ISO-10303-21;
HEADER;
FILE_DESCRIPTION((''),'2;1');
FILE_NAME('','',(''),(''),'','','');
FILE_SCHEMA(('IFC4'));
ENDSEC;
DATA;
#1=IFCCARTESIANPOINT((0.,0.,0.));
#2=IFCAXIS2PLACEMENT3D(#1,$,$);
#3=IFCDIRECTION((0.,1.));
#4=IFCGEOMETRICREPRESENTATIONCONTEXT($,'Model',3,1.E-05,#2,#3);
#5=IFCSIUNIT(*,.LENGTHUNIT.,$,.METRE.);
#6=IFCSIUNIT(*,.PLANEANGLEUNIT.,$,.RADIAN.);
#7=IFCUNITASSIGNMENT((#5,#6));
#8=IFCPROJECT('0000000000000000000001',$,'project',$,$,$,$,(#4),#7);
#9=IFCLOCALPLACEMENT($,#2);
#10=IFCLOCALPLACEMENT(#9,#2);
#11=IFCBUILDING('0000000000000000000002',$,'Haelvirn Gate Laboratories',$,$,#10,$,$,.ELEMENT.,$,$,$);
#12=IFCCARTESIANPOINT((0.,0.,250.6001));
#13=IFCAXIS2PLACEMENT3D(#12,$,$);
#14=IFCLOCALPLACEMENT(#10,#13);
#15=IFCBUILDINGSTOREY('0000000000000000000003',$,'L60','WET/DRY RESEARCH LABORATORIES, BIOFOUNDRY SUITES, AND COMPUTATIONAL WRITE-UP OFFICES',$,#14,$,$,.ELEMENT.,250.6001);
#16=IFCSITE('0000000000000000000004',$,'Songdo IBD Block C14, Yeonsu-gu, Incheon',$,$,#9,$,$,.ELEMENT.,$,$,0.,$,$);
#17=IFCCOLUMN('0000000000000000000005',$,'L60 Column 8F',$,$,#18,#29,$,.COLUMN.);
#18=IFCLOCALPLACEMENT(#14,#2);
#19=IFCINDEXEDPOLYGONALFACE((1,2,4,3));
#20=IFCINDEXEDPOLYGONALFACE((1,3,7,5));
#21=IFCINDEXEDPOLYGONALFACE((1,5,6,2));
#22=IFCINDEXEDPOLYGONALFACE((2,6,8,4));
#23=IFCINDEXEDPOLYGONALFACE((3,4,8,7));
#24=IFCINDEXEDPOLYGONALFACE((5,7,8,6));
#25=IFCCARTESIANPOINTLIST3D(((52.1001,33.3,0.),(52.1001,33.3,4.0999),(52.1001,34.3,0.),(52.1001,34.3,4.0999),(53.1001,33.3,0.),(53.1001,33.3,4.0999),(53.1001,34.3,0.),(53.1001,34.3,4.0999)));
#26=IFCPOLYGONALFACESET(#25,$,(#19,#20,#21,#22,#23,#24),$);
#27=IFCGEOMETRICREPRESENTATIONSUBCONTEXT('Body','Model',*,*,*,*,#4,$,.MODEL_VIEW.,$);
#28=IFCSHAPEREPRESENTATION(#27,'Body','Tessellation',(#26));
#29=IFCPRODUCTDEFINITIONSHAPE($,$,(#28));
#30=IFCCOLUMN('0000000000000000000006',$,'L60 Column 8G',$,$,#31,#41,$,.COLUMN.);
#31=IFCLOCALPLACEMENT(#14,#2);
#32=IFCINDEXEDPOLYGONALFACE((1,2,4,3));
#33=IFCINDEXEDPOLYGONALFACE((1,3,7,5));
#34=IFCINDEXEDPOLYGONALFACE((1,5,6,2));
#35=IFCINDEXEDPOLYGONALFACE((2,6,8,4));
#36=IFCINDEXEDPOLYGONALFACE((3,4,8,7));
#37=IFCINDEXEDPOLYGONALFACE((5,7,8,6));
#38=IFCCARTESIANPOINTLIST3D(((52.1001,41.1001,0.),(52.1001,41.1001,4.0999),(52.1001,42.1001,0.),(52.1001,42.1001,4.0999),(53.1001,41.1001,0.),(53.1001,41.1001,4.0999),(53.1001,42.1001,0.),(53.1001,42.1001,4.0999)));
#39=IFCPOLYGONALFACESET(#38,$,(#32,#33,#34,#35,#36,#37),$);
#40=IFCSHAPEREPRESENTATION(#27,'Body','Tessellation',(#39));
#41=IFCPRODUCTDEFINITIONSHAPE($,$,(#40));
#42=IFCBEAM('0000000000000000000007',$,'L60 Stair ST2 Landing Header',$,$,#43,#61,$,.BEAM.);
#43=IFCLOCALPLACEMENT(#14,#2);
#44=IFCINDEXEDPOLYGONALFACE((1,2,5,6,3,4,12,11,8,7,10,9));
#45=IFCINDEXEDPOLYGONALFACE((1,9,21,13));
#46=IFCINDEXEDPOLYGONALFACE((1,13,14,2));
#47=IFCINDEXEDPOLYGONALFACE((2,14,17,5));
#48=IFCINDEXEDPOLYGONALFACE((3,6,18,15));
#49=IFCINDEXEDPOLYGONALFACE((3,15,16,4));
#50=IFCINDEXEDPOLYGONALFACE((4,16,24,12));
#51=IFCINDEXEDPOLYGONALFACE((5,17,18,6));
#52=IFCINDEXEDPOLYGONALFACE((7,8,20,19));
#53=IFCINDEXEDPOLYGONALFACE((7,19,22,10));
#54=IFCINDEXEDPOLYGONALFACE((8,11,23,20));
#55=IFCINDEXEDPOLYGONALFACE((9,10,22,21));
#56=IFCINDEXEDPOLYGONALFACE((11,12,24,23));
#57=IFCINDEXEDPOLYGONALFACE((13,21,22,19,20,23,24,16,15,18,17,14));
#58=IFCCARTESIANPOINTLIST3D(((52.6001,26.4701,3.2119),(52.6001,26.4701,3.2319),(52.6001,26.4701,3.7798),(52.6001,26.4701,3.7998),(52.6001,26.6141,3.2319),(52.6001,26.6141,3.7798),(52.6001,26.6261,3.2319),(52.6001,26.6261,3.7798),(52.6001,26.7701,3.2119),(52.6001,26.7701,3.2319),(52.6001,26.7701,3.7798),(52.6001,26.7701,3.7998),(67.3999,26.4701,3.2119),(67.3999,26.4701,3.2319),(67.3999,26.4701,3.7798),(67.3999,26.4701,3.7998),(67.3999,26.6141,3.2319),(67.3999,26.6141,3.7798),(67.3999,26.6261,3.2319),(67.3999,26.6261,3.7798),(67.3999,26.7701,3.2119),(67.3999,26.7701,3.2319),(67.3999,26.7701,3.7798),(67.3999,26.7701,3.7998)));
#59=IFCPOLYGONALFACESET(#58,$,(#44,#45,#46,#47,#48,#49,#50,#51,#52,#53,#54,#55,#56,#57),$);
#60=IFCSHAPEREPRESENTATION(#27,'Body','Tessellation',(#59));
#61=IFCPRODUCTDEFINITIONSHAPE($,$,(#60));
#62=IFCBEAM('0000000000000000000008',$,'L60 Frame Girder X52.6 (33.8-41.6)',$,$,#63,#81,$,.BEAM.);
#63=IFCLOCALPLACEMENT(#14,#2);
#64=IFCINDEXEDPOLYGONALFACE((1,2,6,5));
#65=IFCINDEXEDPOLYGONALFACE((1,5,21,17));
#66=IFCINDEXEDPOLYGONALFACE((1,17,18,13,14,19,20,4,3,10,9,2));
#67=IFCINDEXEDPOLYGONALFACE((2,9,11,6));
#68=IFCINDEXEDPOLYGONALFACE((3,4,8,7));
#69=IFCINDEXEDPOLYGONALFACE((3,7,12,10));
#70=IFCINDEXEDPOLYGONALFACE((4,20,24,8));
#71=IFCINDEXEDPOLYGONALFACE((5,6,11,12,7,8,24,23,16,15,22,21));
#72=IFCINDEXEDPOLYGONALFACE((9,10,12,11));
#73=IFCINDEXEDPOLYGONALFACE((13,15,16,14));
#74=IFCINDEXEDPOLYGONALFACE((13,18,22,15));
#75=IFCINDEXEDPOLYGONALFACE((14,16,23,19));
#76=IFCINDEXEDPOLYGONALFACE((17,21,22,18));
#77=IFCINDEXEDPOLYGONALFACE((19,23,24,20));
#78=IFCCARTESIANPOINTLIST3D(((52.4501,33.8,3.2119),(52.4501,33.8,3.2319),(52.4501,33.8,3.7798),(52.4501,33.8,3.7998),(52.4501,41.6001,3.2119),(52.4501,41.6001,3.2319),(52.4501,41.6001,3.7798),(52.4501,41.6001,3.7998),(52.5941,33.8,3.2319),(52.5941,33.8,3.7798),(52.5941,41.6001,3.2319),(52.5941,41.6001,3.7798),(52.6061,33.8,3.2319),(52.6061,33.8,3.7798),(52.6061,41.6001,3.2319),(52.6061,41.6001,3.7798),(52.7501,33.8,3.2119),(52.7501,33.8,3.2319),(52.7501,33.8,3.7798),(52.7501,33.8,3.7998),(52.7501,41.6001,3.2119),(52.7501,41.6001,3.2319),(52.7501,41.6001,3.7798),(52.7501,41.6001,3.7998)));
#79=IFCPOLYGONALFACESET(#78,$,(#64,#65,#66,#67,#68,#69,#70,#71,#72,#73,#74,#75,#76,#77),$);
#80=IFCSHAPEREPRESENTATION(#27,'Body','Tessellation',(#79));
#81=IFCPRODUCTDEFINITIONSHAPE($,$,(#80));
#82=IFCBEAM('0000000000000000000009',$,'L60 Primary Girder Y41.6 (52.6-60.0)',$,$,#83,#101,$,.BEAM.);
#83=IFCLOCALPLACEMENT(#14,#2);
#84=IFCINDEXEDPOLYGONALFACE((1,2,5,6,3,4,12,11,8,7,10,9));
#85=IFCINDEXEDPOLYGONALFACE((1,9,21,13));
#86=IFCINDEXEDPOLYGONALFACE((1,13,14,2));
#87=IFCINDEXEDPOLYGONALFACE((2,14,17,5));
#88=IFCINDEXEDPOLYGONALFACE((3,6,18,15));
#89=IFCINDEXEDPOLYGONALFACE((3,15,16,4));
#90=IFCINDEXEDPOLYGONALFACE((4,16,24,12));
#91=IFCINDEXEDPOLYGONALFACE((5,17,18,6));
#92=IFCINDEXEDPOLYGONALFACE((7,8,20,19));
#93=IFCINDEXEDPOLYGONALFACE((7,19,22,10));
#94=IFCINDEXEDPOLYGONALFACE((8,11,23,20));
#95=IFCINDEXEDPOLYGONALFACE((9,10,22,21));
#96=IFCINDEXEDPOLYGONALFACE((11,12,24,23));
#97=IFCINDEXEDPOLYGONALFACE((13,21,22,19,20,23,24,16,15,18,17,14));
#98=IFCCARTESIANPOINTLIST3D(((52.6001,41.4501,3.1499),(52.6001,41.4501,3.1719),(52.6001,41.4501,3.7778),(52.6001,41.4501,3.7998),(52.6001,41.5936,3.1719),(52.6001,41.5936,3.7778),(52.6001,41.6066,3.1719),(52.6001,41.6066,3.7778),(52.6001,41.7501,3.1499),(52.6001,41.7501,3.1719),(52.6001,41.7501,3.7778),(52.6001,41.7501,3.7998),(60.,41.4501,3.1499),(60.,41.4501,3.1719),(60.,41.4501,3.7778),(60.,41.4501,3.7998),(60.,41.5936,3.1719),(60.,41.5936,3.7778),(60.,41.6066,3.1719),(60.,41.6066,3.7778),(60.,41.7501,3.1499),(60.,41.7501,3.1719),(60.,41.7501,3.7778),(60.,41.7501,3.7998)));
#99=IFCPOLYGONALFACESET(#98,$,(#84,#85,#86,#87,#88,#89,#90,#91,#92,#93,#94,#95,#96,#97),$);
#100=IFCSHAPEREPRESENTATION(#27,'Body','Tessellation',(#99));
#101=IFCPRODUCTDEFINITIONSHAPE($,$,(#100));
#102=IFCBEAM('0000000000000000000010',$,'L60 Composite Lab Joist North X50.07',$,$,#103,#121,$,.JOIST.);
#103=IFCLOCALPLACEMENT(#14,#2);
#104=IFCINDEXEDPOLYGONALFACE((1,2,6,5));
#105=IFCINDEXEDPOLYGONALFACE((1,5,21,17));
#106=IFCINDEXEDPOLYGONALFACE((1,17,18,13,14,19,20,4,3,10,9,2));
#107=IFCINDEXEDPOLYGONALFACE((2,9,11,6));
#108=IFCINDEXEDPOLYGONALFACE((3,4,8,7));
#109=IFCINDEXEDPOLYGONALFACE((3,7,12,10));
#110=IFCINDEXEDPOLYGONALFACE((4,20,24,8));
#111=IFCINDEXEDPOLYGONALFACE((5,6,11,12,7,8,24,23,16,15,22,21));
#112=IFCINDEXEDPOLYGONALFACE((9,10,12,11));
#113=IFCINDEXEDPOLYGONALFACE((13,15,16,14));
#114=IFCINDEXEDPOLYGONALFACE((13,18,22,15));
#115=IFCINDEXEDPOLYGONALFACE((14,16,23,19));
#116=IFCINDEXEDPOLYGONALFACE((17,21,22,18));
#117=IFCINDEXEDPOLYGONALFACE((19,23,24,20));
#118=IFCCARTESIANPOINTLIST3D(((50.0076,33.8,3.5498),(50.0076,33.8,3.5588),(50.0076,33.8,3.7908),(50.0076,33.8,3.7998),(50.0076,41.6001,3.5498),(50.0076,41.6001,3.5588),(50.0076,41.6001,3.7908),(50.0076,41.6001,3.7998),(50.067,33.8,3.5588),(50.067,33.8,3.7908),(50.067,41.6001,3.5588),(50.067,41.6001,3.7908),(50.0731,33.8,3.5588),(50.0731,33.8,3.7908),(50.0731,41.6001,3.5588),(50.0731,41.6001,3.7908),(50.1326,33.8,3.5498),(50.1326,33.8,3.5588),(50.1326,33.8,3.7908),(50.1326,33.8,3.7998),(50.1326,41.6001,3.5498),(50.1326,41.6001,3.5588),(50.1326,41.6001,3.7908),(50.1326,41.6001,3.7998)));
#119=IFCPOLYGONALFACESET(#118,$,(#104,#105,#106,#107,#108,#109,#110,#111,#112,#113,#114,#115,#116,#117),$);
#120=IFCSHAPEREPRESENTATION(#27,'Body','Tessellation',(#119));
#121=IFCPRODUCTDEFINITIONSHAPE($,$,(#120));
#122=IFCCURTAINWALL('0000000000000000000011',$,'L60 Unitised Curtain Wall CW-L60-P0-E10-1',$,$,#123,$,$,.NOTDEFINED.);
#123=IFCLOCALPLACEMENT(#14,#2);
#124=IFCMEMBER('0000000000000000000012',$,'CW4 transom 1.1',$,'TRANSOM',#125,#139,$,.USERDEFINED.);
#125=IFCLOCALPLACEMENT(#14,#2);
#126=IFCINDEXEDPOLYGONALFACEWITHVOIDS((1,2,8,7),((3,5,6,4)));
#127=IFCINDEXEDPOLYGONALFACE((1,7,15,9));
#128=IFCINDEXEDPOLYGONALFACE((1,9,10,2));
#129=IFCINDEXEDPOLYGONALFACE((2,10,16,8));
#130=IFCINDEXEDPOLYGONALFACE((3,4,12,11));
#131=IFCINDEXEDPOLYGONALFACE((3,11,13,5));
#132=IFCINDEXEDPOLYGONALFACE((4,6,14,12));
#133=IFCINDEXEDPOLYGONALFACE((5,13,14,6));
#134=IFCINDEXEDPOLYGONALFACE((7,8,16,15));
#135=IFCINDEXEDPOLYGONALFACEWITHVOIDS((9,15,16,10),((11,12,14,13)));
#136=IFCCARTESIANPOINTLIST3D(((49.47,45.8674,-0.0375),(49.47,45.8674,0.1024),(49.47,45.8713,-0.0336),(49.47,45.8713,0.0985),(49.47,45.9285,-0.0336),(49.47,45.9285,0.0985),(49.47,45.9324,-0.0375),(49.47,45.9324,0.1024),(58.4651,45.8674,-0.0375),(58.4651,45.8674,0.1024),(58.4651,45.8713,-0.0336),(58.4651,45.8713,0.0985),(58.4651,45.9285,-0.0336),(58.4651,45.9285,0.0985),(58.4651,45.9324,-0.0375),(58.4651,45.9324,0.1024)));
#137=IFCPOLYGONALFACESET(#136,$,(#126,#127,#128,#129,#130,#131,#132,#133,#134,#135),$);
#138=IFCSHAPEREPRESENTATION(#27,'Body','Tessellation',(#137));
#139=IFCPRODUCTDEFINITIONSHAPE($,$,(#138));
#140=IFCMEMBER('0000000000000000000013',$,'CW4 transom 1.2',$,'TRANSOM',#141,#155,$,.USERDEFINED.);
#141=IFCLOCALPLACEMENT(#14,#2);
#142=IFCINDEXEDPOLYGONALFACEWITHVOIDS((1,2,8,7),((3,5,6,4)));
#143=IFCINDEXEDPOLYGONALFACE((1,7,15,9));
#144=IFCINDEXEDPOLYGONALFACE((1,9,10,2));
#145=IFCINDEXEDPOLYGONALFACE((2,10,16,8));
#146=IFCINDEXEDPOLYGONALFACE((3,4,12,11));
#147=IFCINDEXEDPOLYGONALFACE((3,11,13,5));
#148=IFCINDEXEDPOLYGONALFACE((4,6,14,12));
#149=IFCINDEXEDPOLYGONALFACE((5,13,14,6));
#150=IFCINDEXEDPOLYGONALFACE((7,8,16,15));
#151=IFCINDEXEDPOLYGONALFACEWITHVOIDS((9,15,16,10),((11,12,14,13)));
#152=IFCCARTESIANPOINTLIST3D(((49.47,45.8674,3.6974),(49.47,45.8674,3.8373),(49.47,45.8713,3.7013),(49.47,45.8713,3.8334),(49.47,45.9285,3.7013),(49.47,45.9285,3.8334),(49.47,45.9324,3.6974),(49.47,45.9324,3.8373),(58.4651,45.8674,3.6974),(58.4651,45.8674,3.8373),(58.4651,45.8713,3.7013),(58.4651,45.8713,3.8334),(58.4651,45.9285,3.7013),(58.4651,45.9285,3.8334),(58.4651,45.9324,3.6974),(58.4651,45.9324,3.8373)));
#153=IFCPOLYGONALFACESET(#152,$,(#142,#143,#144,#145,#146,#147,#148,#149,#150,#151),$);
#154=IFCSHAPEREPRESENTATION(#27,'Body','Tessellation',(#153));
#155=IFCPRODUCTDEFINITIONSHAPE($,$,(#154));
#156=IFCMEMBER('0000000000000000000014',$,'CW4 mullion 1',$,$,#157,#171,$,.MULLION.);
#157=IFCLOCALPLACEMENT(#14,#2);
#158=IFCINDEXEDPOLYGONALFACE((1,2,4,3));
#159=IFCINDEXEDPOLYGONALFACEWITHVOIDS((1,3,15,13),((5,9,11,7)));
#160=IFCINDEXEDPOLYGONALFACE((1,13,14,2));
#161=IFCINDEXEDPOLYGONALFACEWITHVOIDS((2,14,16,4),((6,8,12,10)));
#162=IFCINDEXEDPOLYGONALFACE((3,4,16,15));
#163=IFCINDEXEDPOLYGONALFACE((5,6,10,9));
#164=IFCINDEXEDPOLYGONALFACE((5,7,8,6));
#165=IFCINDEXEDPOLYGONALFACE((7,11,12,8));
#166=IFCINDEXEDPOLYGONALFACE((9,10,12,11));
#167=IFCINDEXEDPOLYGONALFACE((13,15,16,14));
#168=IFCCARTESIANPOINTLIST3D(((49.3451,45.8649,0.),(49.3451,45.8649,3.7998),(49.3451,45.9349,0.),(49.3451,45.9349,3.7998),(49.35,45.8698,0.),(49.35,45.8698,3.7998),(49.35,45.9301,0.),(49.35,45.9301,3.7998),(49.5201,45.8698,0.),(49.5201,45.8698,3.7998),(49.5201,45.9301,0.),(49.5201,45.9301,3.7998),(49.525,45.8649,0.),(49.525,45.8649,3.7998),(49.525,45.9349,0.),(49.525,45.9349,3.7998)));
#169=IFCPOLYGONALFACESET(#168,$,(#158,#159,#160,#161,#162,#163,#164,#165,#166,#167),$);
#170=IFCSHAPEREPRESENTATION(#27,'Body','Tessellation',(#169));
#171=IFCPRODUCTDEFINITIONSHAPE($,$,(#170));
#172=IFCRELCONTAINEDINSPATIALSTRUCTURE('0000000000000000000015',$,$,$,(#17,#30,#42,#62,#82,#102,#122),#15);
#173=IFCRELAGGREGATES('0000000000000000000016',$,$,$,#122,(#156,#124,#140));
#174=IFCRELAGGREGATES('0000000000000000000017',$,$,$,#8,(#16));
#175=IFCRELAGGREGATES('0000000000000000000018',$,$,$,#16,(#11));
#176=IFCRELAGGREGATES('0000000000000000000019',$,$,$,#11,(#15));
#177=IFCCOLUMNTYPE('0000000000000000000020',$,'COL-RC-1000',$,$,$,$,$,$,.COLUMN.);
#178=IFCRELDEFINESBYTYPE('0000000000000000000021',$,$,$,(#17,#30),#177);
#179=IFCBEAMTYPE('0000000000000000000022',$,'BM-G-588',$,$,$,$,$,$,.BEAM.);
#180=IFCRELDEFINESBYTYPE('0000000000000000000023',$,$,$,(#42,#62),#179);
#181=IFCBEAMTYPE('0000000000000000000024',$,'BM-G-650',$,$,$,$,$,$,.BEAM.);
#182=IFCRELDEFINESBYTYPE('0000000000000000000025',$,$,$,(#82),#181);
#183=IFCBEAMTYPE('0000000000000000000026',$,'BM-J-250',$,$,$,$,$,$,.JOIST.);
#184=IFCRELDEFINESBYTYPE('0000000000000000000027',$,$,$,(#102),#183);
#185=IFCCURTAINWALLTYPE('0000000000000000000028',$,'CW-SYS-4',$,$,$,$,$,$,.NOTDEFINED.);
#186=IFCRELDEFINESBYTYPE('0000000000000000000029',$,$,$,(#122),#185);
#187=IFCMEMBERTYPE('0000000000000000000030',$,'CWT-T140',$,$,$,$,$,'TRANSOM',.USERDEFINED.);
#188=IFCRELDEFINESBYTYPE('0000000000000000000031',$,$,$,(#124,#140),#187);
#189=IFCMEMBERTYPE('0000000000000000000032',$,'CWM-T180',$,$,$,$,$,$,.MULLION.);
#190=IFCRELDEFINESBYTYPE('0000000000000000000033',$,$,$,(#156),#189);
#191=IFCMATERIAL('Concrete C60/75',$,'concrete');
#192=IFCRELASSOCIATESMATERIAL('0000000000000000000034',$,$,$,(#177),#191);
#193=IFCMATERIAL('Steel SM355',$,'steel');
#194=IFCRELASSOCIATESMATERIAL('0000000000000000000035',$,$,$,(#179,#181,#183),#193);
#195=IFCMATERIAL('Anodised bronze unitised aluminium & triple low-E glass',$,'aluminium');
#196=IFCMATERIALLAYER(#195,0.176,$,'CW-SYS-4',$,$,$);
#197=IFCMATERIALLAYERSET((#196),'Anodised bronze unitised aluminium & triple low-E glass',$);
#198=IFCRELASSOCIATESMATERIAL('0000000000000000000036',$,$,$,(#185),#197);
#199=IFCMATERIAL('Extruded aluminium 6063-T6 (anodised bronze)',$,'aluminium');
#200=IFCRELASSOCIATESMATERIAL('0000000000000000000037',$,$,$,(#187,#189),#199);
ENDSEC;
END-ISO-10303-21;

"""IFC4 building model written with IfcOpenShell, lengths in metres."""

from ifc_helpers import new_model, si_unit, direction, frame, origin, origin_2d, place, context, subcontext, project, spatial, rectangle, hollow_rectangle, i_section, extrude, source, transform, mapped, material, layer, layer_set, material_profile, profile_set, type_object, type_shapes, element, aggregate, save


model = new_model("IFC4")

# Units and contexts
model_context = context("Model", 3, precision=1e-05, world=origin(), true_north=direction((0.0, 1.0)))
body_context = subcontext(model_context, "Body", "Model", "MODEL_VIEW")
ifc_project = project(units=[si_unit("LENGTHUNIT", "METRE"), si_unit("PLANEANGLEUNIT", "RADIAN")], contexts=[model_context])

# Site, building, storey
site_placement = place(None, origin())
site = spatial("IfcSite", under=ifc_project, at=site_placement, Name="Songdo IBD Block C14, Yeonsu-gu, Incheon", CompositionType="ELEMENT", RefElevation=0.0)
building_placement = place(site_placement, origin())
building = spatial("IfcBuilding", under=site, at=building_placement, Name="Haelvirn Gate Laboratories", CompositionType="ELEMENT")
storey_placement = place(building_placement, frame((0.0, 0.0, 250.6001)))
storey = spatial("IfcBuildingStorey", under=building, at=storey_placement, Name="L60", Description="WET/DRY RESEARCH LABORATORIES, BIOFOUNDRY SUITES, AND COMPUTATIONAL WRITE-UP OFFICES", CompositionType="ELEMENT", Elevation=250.6001)

# Columns
ifc_material_1 = material(Name="Concrete C60/75", Category="concrete")
ifc_material_profile_1 = material_profile(ifc_material_1, rectangle(XDim=1.0, YDim=1.0, at=origin_2d()), Name="RC-1000x1000")
ifc_profile_set_1 = profile_set([ifc_material_profile_1], Name="Concrete C60/75")
column_type = type_object("IfcColumnType", Name="COL-RC-1000", PredefinedType="COLUMN", material=ifc_profile_set_1)
shared_shape_1 = source(origin(), body_context, "Body", "SweptSolid", [
    extrude(rectangle(XDim=1.0, YDim=1.0, at=origin_2d()), origin(), (0.0, 0.0, 1.0), 4.0999),
])
type_shapes(column_type, [shared_shape_1])
for number, where, z_axis, x_axis, name in (
    (1, (52.6001, 33.8, 0.0), (0.0, 0.0, 1.0), (1.0, 0.0, 0.0), "L60 Column 8F"),
    (2, (52.6001, 41.6001, 0.0), (0.0, 0.0, 1.0), (1.0, 0.0, 0.0), "L60 Column 8G"),
):
    element("IfcColumn", number, at=place(storey_placement, frame(where, z_axis=z_axis, x_axis=x_axis)), inside=storey, type_object=column_type, Name=name, PredefinedType="COLUMN", context=body_context, shape_type="MappedRepresentation", body=[
        mapped(shared_shape_1, transform((0.0, 0.0, 0.0), scale=1.0)),
    ])

# Beams
ifc_material_2 = material(Name="Steel SM355", Category="steel")
ifc_material_profile_2 = material_profile(ifc_material_2, i_section(OverallWidth=0.3, OverallDepth=0.5879, WebThickness=0.012, FlangeThickness=0.02, at=origin_2d()), Name="H-588x300x12x20")
ifc_profile_set_2 = profile_set([ifc_material_profile_2], Name="Steel SM355")
beam_type_1 = type_object("IfcBeamType", Name="BM-G-588", PredefinedType="BEAM", material=ifc_profile_set_2)
shared_shape_2 = source(origin(), body_context, "Body", "SweptSolid", [
    extrude(i_section(OverallWidth=0.3, OverallDepth=0.5879, WebThickness=0.012, FlangeThickness=0.02, at=origin_2d()), origin(), (0.0, 0.0, 1.0), 14.7998),
])
beam_1_placement = place(storey_placement, frame((52.6001, 26.6201, 3.5059), z_axis=(1.0, 0.0, 0.0), x_axis=(0.0, 1.0, 0.0)))
element("IfcBeam", 3, at=beam_1_placement, inside=storey, type_object=beam_type_1, Name="L60 Stair ST2 Landing Header", PredefinedType="BEAM", context=body_context, shape_type="MappedRepresentation", body=[
    mapped(shared_shape_2, transform((0.0, 0.0, 0.0), scale=1.0)),
])
shared_shape_3 = source(origin(), body_context, "Body", "SweptSolid", [
    extrude(i_section(OverallWidth=0.3, OverallDepth=0.5879, WebThickness=0.012, FlangeThickness=0.02, at=origin_2d()), origin(), (0.0, 0.0, 1.0), 7.8),
])
type_shapes(beam_type_1, [shared_shape_2, shared_shape_3])
beam_2_placement = place(storey_placement, frame((52.6001, 33.8, 3.5059), z_axis=(0.0, 1.0, 0.0), x_axis=(-1.0, 0.0, 0.0)))
element("IfcBeam", 4, at=beam_2_placement, inside=storey, type_object=beam_type_1, Name="L60 Frame Girder X52.6 (33.8-41.6)", PredefinedType="BEAM", context=body_context, shape_type="MappedRepresentation", body=[
    mapped(shared_shape_3, transform((0.0, 0.0, 0.0), scale=1.0)),
])
ifc_material_profile_3 = material_profile(ifc_material_2, i_section(OverallWidth=0.3, OverallDepth=0.6499, WebThickness=0.0129, FlangeThickness=0.022, at=origin_2d()), Name="H-650x300x13x22")
ifc_profile_set_3 = profile_set([ifc_material_profile_3], Name="Steel SM355")
beam_type_2 = type_object("IfcBeamType", Name="BM-G-650", PredefinedType="BEAM", material=ifc_profile_set_3)
shared_shape_4 = source(origin(), body_context, "Body", "SweptSolid", [
    extrude(i_section(OverallWidth=0.3, OverallDepth=0.6499, WebThickness=0.0129, FlangeThickness=0.022, at=origin_2d()), origin(), (0.0, 0.0, 1.0), 7.3999),
])
type_shapes(beam_type_2, [shared_shape_4])
beam_3_placement = place(storey_placement, frame((52.6001, 41.6001, 3.4749), z_axis=(1.0, 0.0, 0.0), x_axis=(0.0, 1.0, 0.0)))
element("IfcBeam", 5, at=beam_3_placement, inside=storey, type_object=beam_type_2, Name="L60 Primary Girder Y41.6 (52.6-60.0)", PredefinedType="BEAM", context=body_context, shape_type="MappedRepresentation", body=[
    mapped(shared_shape_4, transform((0.0, 0.0, 0.0), scale=1.0)),
])
ifc_material_profile_4 = material_profile(ifc_material_2, i_section(OverallWidth=0.125, OverallDepth=0.25, WebThickness=0.0061, FlangeThickness=0.009, at=origin_2d()), Name="H-250x125x6x9")
ifc_profile_set_4 = profile_set([ifc_material_profile_4], Name="Steel SM355")
beam_type_3 = type_object("IfcBeamType", Name="BM-J-250", PredefinedType="JOIST", material=ifc_profile_set_4)
shared_shape_5 = source(origin(), body_context, "Body", "SweptSolid", [
    extrude(i_section(OverallWidth=0.125, OverallDepth=0.25, WebThickness=0.0061, FlangeThickness=0.009, at=origin_2d()), origin(), (0.0, 0.0, 1.0), 7.8),
])
type_shapes(beam_type_3, [shared_shape_5])
beam_4_placement = place(storey_placement, frame((50.0701, 33.8, 3.6748), z_axis=(0.0, 1.0, 0.0), x_axis=(-1.0, 0.0, 0.0)))
element("IfcBeam", 6, at=beam_4_placement, inside=storey, type_object=beam_type_3, Name="L60 Composite Lab Joist North X50.07", PredefinedType="JOIST", context=body_context, shape_type="MappedRepresentation", body=[
    mapped(shared_shape_5, transform((0.0, 0.0, 0.0), scale=1.0)),
])

# Curtain wall, members
ifc_material_3 = material(Name="Anodised bronze unitised aluminium & triple low-E glass", Category="aluminium")
ifc_layer_1 = layer(ifc_material_3, 0.176, Name="CW-SYS-4")
ifc_layer_set_1 = layer_set([ifc_layer_1], Name="Anodised bronze unitised aluminium & triple low-E glass")
curtain_wall_type = type_object("IfcCurtainWallType", Name="CW-SYS-4", PredefinedType="NOTDEFINED", material=ifc_layer_set_1)
curtain_wall_1_placement = place(storey_placement, origin())
curtain_wall_1 = element("IfcCurtainWall", 7, at=curtain_wall_1_placement, inside=storey, type_object=curtain_wall_type, Name="L60 Unitised Curtain Wall CW-L60-P0-E10-1", PredefinedType="NOTDEFINED")
ifc_material_4 = material(Name="Extruded aluminium 6063-T6 (anodised bronze)", Category="aluminium")
ifc_material_profile_5 = material_profile(ifc_material_4, hollow_rectangle(XDim=0.0649, YDim=0.1399, WallThickness=0.0039, at=origin_2d()), Name="CWT-140x65x4")
ifc_profile_set_5 = profile_set([ifc_material_profile_5], Name="Extruded aluminium 6063-T6 (anodised bronze)")
member_type_1 = type_object("IfcMemberType", Name="CWT-T140", ElementType="TRANSOM", PredefinedType="USERDEFINED", material=ifc_profile_set_5)
shared_shape_6 = source(origin(), body_context, "Body", "SweptSolid", [
    extrude(hollow_rectangle(XDim=0.0649, YDim=0.1399, WallThickness=0.0039, at=origin_2d()), origin(), (0.0, 0.0, 1.0), 8.9951),
])
type_shapes(member_type_1, [shared_shape_6])
member_1_placement = place(storey_placement, frame((49.47, 45.8999, 0.0325), z_axis=(1.0, 0.0, 0.0), x_axis=(0.0, 1.0, 0.0)))
member_1 = element("IfcMember", 8, at=member_1_placement, type_object=member_type_1, Name="CW4 transom 1.1", ObjectType="TRANSOM", PredefinedType="USERDEFINED", context=body_context, shape_type="MappedRepresentation", body=[
    mapped(shared_shape_6, transform((0.0, 0.0, 0.0), scale=1.0)),
])
member_2_placement = place(storey_placement, frame((49.47, 45.8999, 3.7673), z_axis=(1.0, 0.0, 0.0), x_axis=(0.0, 1.0, 0.0)))
member_2 = element("IfcMember", 9, at=member_2_placement, type_object=member_type_1, Name="CW4 transom 1.2", ObjectType="TRANSOM", PredefinedType="USERDEFINED", context=body_context, shape_type="MappedRepresentation", body=[
    mapped(shared_shape_6, transform((0.0, 0.0, 0.0), scale=1.0)),
])
ifc_material_profile_6 = material_profile(ifc_material_4, hollow_rectangle(XDim=0.0701, YDim=0.1799, WallThickness=0.0049, at=origin_2d()), Name="CWM-180x70x5")
ifc_profile_set_6 = profile_set([ifc_material_profile_6], Name="Extruded aluminium 6063-T6 (anodised bronze)")
member_type_2 = type_object("IfcMemberType", Name="CWM-T180", PredefinedType="MULLION", material=ifc_profile_set_6)
shared_shape_7 = source(origin(), body_context, "Body", "SweptSolid", [
    extrude(hollow_rectangle(XDim=0.0701, YDim=0.1799, WallThickness=0.0049, at=origin_2d()), origin(), (0.0, 0.0, 1.0), 3.7998),
])
type_shapes(member_type_2, [shared_shape_7])
member_3_placement = place(storey_placement, frame((49.4351, 45.8999, 0.0), z_axis=(0.0, 0.0, 1.0), x_axis=(0.0, 1.0, 0.0)))
member_3 = element("IfcMember", 10, at=member_3_placement, type_object=member_type_2, Name="CW4 mullion 1", PredefinedType="MULLION", context=body_context, shape_type="MappedRepresentation", body=[
    mapped(shared_shape_7, transform((0.0, 0.0, 0.0), scale=1.0)),
])

aggregate(curtain_wall_1, [member_3, member_1, member_2])

save(model, "model.ifc")
